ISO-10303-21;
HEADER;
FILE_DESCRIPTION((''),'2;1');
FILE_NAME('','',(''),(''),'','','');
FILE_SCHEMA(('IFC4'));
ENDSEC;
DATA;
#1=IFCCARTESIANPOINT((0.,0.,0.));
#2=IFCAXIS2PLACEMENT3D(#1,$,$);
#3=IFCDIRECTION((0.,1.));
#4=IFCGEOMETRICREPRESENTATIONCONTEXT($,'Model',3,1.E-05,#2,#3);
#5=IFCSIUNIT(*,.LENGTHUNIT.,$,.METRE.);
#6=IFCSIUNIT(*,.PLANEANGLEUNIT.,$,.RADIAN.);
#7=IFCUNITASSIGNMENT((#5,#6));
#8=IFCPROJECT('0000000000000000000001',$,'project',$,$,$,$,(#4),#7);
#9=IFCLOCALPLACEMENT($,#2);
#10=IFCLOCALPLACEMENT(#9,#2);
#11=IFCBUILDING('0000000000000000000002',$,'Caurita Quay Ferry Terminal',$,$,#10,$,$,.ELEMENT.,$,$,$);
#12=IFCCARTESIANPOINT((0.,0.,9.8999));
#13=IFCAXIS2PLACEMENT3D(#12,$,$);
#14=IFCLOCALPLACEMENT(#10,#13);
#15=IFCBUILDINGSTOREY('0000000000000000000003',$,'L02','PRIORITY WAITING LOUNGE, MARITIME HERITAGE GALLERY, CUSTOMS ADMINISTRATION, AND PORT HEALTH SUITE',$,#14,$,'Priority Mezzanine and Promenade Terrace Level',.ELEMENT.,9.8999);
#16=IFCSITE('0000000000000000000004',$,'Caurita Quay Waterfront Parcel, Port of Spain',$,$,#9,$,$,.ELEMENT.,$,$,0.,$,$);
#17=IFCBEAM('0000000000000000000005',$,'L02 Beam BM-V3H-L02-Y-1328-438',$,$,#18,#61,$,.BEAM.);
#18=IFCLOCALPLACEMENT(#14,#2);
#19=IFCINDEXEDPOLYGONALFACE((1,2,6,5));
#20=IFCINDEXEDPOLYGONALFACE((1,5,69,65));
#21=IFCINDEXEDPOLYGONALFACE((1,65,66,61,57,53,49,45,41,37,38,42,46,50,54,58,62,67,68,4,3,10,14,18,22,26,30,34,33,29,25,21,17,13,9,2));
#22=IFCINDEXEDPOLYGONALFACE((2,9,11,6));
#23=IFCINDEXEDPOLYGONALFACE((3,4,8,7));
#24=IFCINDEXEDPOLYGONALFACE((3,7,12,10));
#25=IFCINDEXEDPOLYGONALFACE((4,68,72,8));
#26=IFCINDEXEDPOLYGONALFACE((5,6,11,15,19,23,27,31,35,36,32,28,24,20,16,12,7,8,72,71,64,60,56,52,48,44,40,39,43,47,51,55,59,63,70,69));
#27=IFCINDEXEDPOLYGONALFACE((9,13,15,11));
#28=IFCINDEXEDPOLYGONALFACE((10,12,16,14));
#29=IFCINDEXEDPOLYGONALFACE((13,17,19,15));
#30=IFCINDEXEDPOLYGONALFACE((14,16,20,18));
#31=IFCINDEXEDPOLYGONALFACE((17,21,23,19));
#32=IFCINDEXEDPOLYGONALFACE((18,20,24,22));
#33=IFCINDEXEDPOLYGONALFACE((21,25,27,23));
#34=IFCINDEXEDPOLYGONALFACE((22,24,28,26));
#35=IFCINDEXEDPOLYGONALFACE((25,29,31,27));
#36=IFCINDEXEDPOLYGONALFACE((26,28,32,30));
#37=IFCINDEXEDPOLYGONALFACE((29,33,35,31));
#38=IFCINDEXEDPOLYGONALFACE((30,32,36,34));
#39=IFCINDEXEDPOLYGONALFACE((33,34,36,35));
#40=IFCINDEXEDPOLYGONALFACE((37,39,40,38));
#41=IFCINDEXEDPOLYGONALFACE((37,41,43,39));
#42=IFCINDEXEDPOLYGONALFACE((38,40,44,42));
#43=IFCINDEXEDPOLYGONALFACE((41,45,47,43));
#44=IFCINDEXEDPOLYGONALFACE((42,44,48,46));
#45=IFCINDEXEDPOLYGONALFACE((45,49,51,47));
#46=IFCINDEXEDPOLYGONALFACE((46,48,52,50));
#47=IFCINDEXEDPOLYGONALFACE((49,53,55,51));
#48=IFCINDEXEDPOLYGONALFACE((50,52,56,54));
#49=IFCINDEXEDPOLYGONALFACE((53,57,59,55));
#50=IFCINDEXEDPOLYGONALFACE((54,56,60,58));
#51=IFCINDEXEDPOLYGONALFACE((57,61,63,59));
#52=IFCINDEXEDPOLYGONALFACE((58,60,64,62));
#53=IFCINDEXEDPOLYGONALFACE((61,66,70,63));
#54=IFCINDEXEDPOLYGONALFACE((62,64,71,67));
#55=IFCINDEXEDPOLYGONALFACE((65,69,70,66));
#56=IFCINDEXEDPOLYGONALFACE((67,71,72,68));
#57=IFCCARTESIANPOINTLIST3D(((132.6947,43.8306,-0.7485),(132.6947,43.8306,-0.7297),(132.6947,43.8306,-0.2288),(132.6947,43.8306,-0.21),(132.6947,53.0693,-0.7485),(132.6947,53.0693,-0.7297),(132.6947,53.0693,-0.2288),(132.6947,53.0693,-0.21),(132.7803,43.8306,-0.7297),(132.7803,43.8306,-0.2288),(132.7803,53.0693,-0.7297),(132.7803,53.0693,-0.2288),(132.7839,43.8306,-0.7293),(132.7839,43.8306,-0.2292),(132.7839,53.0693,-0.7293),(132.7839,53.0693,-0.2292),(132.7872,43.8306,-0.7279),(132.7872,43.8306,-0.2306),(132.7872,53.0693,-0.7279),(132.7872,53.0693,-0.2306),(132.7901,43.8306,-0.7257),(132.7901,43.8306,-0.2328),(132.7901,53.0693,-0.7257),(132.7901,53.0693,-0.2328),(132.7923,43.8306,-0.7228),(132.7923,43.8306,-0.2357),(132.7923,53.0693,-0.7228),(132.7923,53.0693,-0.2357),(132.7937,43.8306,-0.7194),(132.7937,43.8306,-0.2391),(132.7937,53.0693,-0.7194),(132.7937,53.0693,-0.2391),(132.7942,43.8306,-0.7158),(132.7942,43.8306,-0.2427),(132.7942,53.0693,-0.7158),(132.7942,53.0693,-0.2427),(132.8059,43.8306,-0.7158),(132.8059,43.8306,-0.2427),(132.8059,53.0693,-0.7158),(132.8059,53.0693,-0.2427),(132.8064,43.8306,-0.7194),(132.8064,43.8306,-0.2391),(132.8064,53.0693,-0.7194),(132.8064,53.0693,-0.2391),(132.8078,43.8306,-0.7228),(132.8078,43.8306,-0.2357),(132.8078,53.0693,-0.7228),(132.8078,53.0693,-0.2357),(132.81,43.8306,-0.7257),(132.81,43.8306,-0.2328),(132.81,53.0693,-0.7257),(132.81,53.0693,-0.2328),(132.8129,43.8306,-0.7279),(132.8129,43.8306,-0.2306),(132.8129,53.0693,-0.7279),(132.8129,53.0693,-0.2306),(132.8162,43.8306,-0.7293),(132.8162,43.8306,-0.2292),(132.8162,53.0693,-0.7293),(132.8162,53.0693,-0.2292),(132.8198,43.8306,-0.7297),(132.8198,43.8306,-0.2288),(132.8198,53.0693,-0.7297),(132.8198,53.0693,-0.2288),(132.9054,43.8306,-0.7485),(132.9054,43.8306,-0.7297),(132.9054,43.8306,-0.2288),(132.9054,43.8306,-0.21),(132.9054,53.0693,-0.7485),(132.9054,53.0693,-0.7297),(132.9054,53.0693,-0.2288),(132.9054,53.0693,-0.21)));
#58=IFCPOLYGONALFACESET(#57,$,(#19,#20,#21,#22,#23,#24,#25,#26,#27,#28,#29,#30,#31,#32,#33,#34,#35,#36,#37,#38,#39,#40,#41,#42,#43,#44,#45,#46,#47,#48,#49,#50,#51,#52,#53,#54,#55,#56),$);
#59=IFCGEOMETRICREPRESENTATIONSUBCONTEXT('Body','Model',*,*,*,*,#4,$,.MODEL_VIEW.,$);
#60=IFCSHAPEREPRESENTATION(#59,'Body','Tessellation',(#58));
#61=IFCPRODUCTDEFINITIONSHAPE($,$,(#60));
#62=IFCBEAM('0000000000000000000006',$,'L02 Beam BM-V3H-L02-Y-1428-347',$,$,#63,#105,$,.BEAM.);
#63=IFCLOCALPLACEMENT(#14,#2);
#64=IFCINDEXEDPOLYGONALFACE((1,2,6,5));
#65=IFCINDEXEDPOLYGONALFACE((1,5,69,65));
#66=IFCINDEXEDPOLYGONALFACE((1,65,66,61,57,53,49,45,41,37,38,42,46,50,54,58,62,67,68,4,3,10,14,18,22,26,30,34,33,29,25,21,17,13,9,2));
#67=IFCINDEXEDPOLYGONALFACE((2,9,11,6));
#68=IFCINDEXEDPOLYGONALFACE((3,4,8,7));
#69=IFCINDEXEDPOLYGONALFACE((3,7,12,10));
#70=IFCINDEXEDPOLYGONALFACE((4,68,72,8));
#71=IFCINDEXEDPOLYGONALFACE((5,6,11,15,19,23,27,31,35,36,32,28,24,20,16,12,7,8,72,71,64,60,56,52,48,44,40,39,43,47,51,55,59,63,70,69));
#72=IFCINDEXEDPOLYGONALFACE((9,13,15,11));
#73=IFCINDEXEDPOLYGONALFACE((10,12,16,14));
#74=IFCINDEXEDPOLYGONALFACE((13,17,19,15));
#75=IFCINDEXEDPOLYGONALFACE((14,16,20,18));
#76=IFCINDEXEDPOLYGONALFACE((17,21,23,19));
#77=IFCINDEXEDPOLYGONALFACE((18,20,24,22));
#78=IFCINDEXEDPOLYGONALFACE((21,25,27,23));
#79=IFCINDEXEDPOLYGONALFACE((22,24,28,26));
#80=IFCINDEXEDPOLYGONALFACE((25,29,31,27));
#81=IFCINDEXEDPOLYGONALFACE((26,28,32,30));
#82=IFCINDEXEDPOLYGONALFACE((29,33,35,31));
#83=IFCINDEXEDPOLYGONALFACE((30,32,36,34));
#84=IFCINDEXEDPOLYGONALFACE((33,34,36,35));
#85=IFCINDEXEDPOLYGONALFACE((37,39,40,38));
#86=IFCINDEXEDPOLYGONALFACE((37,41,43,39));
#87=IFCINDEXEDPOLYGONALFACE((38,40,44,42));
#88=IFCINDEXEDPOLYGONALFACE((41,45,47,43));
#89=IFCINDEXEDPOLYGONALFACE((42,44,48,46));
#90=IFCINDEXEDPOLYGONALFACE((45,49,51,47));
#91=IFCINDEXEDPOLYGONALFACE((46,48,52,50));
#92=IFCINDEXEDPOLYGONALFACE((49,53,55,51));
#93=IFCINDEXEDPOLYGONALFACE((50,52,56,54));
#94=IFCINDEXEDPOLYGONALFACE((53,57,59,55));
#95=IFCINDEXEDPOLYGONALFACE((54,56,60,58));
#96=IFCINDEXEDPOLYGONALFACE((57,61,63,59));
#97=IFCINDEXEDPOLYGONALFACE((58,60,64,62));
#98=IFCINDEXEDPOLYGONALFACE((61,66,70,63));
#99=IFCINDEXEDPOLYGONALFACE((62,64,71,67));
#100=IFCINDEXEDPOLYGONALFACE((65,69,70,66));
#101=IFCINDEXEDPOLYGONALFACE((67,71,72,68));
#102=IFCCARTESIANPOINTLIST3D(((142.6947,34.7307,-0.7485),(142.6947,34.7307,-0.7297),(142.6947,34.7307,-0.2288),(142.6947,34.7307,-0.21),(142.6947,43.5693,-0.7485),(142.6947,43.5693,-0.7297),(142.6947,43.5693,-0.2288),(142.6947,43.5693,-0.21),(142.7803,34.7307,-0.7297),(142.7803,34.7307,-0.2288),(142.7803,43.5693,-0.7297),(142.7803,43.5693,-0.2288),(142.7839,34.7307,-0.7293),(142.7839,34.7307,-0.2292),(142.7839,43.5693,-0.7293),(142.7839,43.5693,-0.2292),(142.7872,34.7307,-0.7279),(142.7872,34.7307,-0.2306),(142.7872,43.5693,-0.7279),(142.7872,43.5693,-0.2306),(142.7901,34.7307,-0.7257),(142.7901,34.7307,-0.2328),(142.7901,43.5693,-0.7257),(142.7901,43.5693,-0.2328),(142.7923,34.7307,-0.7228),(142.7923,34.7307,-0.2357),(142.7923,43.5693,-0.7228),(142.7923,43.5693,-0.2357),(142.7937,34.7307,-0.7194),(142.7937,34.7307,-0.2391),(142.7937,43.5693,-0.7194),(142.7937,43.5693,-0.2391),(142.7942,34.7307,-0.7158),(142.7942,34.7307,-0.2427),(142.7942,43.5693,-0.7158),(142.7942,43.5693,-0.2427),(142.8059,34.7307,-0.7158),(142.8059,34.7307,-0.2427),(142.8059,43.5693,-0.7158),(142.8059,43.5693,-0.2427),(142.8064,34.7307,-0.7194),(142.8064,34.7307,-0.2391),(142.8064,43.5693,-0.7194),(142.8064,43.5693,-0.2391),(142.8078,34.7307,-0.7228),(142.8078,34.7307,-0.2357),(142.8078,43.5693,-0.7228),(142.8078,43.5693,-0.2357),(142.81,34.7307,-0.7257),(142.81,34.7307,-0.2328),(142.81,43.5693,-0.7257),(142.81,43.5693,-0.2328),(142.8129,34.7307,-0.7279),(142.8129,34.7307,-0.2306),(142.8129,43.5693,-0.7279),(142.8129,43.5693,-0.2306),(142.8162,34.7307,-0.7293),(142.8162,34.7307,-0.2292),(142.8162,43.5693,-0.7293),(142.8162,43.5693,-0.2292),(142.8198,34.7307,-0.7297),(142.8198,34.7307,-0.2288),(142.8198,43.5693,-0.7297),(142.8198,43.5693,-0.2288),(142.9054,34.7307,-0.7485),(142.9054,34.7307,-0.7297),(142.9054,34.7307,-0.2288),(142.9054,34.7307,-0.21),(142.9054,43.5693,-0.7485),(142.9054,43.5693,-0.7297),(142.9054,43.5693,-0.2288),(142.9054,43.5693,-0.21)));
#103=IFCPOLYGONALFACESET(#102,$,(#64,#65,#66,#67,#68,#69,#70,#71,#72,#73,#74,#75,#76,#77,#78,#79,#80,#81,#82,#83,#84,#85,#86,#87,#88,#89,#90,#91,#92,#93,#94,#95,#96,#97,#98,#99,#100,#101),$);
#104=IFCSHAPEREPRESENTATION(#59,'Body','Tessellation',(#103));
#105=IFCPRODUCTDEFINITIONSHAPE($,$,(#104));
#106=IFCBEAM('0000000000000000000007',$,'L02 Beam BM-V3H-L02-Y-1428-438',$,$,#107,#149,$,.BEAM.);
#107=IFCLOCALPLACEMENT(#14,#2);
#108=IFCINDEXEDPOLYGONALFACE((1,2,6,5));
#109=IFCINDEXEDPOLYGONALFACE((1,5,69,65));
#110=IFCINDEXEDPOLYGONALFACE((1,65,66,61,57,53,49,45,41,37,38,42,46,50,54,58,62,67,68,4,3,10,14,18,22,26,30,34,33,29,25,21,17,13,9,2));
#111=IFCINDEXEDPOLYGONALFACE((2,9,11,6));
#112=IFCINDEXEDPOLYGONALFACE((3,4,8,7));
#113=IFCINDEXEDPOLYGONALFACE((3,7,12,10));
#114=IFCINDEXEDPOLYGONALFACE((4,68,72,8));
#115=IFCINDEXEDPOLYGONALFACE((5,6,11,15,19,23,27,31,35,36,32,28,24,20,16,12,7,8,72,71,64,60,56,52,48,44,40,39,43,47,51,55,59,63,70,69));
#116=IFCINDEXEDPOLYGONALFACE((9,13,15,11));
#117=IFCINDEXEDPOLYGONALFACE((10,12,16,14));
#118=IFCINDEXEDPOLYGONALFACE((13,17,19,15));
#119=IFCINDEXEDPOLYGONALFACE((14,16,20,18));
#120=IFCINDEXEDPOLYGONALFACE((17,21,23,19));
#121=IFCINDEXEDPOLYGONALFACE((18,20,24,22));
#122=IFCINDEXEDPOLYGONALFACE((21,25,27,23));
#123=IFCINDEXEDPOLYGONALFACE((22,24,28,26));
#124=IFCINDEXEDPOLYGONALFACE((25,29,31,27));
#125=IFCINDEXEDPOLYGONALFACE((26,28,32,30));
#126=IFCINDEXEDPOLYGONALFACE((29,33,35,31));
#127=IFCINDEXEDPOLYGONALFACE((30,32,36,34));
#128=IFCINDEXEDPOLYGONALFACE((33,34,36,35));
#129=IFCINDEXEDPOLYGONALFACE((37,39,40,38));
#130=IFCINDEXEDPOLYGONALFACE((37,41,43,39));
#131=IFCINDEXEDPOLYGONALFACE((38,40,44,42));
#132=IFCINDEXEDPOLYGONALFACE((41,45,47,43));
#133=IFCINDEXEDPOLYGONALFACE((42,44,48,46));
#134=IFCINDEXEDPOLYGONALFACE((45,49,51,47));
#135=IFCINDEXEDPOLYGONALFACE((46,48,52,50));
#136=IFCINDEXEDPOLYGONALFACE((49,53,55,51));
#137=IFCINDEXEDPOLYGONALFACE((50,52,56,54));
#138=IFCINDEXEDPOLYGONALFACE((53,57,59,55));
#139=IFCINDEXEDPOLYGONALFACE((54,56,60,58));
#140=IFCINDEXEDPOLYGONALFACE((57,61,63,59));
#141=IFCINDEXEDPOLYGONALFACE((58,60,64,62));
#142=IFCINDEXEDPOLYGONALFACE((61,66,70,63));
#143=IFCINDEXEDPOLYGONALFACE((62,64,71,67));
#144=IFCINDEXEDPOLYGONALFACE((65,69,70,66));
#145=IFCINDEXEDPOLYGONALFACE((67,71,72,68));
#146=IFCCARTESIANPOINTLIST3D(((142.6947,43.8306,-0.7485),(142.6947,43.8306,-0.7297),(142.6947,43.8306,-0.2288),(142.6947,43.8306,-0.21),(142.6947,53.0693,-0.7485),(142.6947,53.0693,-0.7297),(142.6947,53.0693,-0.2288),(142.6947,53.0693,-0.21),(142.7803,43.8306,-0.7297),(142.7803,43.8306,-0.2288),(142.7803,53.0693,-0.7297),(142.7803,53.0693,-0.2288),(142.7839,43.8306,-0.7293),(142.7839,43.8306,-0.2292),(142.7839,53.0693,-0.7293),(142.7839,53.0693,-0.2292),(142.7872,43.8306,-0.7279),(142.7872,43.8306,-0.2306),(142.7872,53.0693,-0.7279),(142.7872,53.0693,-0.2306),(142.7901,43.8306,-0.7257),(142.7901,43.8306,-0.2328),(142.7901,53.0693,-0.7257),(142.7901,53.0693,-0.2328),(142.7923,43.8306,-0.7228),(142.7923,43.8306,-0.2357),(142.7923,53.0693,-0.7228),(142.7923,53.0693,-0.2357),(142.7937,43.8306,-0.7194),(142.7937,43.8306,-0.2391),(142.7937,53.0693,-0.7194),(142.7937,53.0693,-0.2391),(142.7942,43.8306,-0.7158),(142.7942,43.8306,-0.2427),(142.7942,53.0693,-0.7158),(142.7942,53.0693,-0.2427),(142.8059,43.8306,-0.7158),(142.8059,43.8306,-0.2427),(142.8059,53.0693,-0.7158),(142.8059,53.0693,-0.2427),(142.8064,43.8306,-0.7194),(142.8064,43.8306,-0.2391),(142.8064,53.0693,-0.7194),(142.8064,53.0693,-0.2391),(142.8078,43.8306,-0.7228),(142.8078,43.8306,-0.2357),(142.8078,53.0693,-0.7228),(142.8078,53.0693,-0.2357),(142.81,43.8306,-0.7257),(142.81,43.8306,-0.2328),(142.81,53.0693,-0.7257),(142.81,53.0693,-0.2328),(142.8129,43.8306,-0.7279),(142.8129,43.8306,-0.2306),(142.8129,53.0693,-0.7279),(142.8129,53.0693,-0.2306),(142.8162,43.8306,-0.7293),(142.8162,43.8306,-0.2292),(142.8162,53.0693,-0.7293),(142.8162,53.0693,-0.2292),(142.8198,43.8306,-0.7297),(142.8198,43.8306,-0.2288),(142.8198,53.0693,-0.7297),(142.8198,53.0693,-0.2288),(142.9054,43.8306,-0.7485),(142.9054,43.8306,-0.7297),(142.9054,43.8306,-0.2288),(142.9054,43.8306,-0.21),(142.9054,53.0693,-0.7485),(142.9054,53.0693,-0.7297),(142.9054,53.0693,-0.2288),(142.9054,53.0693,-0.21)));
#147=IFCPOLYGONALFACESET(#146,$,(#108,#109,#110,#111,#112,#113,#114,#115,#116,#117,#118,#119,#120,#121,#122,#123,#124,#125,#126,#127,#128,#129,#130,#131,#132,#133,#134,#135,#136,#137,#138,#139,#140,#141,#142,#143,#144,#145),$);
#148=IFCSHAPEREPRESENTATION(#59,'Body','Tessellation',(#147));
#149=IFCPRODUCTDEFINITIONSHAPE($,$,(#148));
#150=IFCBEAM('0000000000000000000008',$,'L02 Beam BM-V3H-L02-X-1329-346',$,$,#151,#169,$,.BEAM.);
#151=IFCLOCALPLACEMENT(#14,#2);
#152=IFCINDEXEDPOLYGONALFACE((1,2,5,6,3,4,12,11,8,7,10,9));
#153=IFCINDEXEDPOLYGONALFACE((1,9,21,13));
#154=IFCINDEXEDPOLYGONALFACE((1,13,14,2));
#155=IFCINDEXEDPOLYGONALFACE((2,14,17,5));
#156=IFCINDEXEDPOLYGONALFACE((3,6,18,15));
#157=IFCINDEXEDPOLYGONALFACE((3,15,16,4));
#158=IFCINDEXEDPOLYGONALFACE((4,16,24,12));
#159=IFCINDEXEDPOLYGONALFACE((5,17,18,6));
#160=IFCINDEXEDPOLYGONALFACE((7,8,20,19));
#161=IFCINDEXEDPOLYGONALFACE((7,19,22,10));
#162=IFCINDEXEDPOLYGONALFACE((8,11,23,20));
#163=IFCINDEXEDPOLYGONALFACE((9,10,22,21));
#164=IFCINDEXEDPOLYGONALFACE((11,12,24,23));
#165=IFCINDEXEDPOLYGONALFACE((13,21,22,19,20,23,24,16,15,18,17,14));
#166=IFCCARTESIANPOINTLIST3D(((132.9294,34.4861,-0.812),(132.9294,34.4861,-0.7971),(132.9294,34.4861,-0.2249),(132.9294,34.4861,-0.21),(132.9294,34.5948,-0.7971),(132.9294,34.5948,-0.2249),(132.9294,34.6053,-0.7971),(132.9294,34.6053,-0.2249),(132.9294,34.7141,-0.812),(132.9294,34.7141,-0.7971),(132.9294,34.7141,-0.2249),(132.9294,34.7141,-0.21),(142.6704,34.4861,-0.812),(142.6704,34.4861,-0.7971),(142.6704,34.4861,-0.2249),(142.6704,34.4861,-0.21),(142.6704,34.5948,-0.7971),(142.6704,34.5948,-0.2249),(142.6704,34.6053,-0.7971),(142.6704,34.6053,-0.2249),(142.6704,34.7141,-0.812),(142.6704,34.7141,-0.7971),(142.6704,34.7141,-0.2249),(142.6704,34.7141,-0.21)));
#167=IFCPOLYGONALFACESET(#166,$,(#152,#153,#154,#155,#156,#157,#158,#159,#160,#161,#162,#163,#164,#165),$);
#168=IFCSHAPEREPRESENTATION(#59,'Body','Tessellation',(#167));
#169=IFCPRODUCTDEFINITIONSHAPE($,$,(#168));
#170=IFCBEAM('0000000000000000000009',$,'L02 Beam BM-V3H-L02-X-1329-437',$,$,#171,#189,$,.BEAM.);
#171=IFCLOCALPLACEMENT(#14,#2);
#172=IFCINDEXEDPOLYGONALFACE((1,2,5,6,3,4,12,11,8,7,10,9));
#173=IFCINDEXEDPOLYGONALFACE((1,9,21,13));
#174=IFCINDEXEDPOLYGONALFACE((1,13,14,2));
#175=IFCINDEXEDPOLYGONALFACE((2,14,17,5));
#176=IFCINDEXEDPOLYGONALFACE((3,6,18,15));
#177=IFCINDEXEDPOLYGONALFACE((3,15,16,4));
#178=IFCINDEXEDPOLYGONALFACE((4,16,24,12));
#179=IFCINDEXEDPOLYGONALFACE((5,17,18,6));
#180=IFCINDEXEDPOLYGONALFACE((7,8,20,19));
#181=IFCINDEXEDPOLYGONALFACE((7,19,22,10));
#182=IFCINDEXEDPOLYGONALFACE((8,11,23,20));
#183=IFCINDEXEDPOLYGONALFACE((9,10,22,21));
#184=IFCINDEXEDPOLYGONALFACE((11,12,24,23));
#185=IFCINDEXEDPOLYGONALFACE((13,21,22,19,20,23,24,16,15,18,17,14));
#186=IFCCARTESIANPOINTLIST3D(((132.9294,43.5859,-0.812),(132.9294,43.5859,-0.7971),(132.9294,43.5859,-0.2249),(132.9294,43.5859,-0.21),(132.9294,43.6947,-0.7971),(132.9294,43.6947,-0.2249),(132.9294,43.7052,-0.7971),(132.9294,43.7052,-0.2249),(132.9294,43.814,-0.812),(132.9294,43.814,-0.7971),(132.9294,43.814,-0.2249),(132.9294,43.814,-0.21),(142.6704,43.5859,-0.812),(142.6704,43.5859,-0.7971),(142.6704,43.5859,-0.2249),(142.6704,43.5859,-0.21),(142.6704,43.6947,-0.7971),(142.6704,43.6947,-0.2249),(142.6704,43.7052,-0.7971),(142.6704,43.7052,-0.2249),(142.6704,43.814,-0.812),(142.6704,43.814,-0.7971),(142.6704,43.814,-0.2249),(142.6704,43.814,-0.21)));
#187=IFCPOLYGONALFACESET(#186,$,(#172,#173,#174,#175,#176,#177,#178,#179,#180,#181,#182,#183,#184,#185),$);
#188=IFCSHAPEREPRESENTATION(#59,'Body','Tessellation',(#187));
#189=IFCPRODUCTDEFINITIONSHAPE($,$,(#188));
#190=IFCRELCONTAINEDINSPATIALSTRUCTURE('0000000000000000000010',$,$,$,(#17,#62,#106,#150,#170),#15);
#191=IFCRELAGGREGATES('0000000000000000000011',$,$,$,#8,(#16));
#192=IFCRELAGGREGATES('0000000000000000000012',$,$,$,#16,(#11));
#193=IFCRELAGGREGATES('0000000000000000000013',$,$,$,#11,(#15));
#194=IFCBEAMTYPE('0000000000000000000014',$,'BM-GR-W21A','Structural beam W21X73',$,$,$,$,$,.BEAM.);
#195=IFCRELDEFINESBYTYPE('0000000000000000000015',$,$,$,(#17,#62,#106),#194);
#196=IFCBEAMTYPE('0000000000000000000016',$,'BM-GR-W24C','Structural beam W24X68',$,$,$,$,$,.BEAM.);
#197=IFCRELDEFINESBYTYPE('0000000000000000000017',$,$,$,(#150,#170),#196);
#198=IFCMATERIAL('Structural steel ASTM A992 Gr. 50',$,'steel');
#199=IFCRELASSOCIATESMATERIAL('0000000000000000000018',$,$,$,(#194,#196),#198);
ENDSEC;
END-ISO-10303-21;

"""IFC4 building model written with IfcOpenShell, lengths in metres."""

from ifc_helpers import new_model, si_unit, direction, frame, origin, origin_2d, place, context, subcontext, project, spatial, i_section, extrude, material, material_profile, profile_set, type_object, element, save


model = new_model("IFC4")

# Units and contexts
model_context = context("Model", 3, precision=1e-05, world=origin(), true_north=direction((0.0, 1.0)))
body_context = subcontext(model_context, "Body", "Model", "MODEL_VIEW")
ifc_project = project(units=[si_unit("LENGTHUNIT", "METRE"), si_unit("PLANEANGLEUNIT", "RADIAN")], contexts=[model_context])

# Site, building, storey
site_placement = place(None, origin())
site = spatial("IfcSite", under=ifc_project, at=site_placement, Name="Caurita Quay Waterfront Parcel, Port of Spain", CompositionType="ELEMENT", RefElevation=0.0)
building_placement = place(site_placement, origin())
building = spatial("IfcBuilding", under=site, at=building_placement, Name="Caurita Quay Ferry Terminal", CompositionType="ELEMENT")
storey_placement = place(building_placement, frame((0.0, 0.0, 9.8999)))
storey = spatial("IfcBuildingStorey", under=building, at=storey_placement, Name="L02", Description="PRIORITY WAITING LOUNGE, MARITIME HERITAGE GALLERY, CUSTOMS ADMINISTRATION, AND PORT HEALTH SUITE", LongName="Priority Mezzanine and Promenade Terrace Level", CompositionType="ELEMENT", Elevation=9.8999)

# Shared definitions
ifc_material_1 = material(Name="Structural steel ASTM A992 Gr. 50", Category="steel")

# Beams
ifc_material_profile_1 = material_profile(ifc_material_1, i_section(OverallWidth=0.2107, OverallDepth=0.5386, WebThickness=0.0117, FlangeThickness=0.0188, FilletRadius=0.0139, at=origin_2d()), Name="W21X73")
ifc_profile_set_1 = profile_set([ifc_material_profile_1], Name="Structural steel ASTM A992 Gr. 50")
beam_type_1 = type_object("IfcBeamType", Name="BM-GR-W21A", Description="Structural beam W21X73", PredefinedType="BEAM", material=ifc_profile_set_1)
beam_1_placement = place(storey_placement, frame((132.8, 43.8306, -0.4792), z_axis=(0.0, 1.0, 0.0), x_axis=(-1.0, 0.0, 0.0)))
element("IfcBeam", 1, at=beam_1_placement, inside=storey, type_object=beam_type_1, Name="L02 Beam BM-V3H-L02-Y-1328-438", PredefinedType="BEAM", context=body_context, shape_type="SweptSolid", body=[
    extrude(i_section(OverallWidth=0.2107, OverallDepth=0.5386, WebThickness=0.0117, FlangeThickness=0.0188, FilletRadius=0.0139, at=origin_2d()), origin(), (0.0, 0.0, 1.0), 9.2388),
])
beam_2_placement = place(storey_placement, frame((142.8, 34.7307, -0.4792), z_axis=(0.0, 1.0, 0.0), x_axis=(-1.0, 0.0, 0.0)))
element("IfcBeam", 2, at=beam_2_placement, inside=storey, type_object=beam_type_1, Name="L02 Beam BM-V3H-L02-Y-1428-347", PredefinedType="BEAM", context=body_context, shape_type="SweptSolid", body=[
    extrude(i_section(OverallWidth=0.2107, OverallDepth=0.5386, WebThickness=0.0117, FlangeThickness=0.0188, FilletRadius=0.0139, at=origin_2d()), origin(), (0.0, 0.0, 1.0), 8.8386),
])
beam_3_placement = place(storey_placement, frame((142.8, 43.8306, -0.4792), z_axis=(0.0, 1.0, 0.0), x_axis=(-1.0, 0.0, 0.0)))
element("IfcBeam", 3, at=beam_3_placement, inside=storey, type_object=beam_type_1, Name="L02 Beam BM-V3H-L02-Y-1428-438", PredefinedType="BEAM", context=body_context, shape_type="SweptSolid", body=[
    extrude(i_section(OverallWidth=0.2107, OverallDepth=0.5386, WebThickness=0.0117, FlangeThickness=0.0188, FilletRadius=0.0139, at=origin_2d()), origin(), (0.0, 0.0, 1.0), 9.2388),
])
ifc_material_profile_2 = material_profile(ifc_material_1, i_section(OverallWidth=0.228, OverallDepth=0.6021, WebThickness=0.0105, FlangeThickness=0.0149, at=origin_2d()), Name="W24X68")
ifc_profile_set_2 = profile_set([ifc_material_profile_2], Name="Structural steel ASTM A992 Gr. 50")
beam_type_2 = type_object("IfcBeamType", Name="BM-GR-W24C", Description="Structural beam W24X68", PredefinedType="BEAM", material=ifc_profile_set_2)
for number, where, z_axis, x_axis, name in (
    (4, (132.9294, 34.6001, -0.511), (1.0, 0.0, 0.0), (0.0, 1.0, 0.0), "L02 Beam BM-V3H-L02-X-1329-346"),
    (5, (132.9294, 43.7, -0.511), (1.0, 0.0, 0.0), (0.0, 1.0, 0.0), "L02 Beam BM-V3H-L02-X-1329-437"),
):
    element("IfcBeam", number, at=place(storey_placement, frame(where, z_axis=z_axis, x_axis=x_axis)), inside=storey, type_object=beam_type_2, Name=name, PredefinedType="BEAM", context=body_context, shape_type="SweptSolid", body=[
        extrude(i_section(OverallWidth=0.228, OverallDepth=0.6021, WebThickness=0.0105, FlangeThickness=0.0149, at=origin_2d()), origin(), (0.0, 0.0, 1.0), 9.741),
    ])

save(model, "model.ifc")
